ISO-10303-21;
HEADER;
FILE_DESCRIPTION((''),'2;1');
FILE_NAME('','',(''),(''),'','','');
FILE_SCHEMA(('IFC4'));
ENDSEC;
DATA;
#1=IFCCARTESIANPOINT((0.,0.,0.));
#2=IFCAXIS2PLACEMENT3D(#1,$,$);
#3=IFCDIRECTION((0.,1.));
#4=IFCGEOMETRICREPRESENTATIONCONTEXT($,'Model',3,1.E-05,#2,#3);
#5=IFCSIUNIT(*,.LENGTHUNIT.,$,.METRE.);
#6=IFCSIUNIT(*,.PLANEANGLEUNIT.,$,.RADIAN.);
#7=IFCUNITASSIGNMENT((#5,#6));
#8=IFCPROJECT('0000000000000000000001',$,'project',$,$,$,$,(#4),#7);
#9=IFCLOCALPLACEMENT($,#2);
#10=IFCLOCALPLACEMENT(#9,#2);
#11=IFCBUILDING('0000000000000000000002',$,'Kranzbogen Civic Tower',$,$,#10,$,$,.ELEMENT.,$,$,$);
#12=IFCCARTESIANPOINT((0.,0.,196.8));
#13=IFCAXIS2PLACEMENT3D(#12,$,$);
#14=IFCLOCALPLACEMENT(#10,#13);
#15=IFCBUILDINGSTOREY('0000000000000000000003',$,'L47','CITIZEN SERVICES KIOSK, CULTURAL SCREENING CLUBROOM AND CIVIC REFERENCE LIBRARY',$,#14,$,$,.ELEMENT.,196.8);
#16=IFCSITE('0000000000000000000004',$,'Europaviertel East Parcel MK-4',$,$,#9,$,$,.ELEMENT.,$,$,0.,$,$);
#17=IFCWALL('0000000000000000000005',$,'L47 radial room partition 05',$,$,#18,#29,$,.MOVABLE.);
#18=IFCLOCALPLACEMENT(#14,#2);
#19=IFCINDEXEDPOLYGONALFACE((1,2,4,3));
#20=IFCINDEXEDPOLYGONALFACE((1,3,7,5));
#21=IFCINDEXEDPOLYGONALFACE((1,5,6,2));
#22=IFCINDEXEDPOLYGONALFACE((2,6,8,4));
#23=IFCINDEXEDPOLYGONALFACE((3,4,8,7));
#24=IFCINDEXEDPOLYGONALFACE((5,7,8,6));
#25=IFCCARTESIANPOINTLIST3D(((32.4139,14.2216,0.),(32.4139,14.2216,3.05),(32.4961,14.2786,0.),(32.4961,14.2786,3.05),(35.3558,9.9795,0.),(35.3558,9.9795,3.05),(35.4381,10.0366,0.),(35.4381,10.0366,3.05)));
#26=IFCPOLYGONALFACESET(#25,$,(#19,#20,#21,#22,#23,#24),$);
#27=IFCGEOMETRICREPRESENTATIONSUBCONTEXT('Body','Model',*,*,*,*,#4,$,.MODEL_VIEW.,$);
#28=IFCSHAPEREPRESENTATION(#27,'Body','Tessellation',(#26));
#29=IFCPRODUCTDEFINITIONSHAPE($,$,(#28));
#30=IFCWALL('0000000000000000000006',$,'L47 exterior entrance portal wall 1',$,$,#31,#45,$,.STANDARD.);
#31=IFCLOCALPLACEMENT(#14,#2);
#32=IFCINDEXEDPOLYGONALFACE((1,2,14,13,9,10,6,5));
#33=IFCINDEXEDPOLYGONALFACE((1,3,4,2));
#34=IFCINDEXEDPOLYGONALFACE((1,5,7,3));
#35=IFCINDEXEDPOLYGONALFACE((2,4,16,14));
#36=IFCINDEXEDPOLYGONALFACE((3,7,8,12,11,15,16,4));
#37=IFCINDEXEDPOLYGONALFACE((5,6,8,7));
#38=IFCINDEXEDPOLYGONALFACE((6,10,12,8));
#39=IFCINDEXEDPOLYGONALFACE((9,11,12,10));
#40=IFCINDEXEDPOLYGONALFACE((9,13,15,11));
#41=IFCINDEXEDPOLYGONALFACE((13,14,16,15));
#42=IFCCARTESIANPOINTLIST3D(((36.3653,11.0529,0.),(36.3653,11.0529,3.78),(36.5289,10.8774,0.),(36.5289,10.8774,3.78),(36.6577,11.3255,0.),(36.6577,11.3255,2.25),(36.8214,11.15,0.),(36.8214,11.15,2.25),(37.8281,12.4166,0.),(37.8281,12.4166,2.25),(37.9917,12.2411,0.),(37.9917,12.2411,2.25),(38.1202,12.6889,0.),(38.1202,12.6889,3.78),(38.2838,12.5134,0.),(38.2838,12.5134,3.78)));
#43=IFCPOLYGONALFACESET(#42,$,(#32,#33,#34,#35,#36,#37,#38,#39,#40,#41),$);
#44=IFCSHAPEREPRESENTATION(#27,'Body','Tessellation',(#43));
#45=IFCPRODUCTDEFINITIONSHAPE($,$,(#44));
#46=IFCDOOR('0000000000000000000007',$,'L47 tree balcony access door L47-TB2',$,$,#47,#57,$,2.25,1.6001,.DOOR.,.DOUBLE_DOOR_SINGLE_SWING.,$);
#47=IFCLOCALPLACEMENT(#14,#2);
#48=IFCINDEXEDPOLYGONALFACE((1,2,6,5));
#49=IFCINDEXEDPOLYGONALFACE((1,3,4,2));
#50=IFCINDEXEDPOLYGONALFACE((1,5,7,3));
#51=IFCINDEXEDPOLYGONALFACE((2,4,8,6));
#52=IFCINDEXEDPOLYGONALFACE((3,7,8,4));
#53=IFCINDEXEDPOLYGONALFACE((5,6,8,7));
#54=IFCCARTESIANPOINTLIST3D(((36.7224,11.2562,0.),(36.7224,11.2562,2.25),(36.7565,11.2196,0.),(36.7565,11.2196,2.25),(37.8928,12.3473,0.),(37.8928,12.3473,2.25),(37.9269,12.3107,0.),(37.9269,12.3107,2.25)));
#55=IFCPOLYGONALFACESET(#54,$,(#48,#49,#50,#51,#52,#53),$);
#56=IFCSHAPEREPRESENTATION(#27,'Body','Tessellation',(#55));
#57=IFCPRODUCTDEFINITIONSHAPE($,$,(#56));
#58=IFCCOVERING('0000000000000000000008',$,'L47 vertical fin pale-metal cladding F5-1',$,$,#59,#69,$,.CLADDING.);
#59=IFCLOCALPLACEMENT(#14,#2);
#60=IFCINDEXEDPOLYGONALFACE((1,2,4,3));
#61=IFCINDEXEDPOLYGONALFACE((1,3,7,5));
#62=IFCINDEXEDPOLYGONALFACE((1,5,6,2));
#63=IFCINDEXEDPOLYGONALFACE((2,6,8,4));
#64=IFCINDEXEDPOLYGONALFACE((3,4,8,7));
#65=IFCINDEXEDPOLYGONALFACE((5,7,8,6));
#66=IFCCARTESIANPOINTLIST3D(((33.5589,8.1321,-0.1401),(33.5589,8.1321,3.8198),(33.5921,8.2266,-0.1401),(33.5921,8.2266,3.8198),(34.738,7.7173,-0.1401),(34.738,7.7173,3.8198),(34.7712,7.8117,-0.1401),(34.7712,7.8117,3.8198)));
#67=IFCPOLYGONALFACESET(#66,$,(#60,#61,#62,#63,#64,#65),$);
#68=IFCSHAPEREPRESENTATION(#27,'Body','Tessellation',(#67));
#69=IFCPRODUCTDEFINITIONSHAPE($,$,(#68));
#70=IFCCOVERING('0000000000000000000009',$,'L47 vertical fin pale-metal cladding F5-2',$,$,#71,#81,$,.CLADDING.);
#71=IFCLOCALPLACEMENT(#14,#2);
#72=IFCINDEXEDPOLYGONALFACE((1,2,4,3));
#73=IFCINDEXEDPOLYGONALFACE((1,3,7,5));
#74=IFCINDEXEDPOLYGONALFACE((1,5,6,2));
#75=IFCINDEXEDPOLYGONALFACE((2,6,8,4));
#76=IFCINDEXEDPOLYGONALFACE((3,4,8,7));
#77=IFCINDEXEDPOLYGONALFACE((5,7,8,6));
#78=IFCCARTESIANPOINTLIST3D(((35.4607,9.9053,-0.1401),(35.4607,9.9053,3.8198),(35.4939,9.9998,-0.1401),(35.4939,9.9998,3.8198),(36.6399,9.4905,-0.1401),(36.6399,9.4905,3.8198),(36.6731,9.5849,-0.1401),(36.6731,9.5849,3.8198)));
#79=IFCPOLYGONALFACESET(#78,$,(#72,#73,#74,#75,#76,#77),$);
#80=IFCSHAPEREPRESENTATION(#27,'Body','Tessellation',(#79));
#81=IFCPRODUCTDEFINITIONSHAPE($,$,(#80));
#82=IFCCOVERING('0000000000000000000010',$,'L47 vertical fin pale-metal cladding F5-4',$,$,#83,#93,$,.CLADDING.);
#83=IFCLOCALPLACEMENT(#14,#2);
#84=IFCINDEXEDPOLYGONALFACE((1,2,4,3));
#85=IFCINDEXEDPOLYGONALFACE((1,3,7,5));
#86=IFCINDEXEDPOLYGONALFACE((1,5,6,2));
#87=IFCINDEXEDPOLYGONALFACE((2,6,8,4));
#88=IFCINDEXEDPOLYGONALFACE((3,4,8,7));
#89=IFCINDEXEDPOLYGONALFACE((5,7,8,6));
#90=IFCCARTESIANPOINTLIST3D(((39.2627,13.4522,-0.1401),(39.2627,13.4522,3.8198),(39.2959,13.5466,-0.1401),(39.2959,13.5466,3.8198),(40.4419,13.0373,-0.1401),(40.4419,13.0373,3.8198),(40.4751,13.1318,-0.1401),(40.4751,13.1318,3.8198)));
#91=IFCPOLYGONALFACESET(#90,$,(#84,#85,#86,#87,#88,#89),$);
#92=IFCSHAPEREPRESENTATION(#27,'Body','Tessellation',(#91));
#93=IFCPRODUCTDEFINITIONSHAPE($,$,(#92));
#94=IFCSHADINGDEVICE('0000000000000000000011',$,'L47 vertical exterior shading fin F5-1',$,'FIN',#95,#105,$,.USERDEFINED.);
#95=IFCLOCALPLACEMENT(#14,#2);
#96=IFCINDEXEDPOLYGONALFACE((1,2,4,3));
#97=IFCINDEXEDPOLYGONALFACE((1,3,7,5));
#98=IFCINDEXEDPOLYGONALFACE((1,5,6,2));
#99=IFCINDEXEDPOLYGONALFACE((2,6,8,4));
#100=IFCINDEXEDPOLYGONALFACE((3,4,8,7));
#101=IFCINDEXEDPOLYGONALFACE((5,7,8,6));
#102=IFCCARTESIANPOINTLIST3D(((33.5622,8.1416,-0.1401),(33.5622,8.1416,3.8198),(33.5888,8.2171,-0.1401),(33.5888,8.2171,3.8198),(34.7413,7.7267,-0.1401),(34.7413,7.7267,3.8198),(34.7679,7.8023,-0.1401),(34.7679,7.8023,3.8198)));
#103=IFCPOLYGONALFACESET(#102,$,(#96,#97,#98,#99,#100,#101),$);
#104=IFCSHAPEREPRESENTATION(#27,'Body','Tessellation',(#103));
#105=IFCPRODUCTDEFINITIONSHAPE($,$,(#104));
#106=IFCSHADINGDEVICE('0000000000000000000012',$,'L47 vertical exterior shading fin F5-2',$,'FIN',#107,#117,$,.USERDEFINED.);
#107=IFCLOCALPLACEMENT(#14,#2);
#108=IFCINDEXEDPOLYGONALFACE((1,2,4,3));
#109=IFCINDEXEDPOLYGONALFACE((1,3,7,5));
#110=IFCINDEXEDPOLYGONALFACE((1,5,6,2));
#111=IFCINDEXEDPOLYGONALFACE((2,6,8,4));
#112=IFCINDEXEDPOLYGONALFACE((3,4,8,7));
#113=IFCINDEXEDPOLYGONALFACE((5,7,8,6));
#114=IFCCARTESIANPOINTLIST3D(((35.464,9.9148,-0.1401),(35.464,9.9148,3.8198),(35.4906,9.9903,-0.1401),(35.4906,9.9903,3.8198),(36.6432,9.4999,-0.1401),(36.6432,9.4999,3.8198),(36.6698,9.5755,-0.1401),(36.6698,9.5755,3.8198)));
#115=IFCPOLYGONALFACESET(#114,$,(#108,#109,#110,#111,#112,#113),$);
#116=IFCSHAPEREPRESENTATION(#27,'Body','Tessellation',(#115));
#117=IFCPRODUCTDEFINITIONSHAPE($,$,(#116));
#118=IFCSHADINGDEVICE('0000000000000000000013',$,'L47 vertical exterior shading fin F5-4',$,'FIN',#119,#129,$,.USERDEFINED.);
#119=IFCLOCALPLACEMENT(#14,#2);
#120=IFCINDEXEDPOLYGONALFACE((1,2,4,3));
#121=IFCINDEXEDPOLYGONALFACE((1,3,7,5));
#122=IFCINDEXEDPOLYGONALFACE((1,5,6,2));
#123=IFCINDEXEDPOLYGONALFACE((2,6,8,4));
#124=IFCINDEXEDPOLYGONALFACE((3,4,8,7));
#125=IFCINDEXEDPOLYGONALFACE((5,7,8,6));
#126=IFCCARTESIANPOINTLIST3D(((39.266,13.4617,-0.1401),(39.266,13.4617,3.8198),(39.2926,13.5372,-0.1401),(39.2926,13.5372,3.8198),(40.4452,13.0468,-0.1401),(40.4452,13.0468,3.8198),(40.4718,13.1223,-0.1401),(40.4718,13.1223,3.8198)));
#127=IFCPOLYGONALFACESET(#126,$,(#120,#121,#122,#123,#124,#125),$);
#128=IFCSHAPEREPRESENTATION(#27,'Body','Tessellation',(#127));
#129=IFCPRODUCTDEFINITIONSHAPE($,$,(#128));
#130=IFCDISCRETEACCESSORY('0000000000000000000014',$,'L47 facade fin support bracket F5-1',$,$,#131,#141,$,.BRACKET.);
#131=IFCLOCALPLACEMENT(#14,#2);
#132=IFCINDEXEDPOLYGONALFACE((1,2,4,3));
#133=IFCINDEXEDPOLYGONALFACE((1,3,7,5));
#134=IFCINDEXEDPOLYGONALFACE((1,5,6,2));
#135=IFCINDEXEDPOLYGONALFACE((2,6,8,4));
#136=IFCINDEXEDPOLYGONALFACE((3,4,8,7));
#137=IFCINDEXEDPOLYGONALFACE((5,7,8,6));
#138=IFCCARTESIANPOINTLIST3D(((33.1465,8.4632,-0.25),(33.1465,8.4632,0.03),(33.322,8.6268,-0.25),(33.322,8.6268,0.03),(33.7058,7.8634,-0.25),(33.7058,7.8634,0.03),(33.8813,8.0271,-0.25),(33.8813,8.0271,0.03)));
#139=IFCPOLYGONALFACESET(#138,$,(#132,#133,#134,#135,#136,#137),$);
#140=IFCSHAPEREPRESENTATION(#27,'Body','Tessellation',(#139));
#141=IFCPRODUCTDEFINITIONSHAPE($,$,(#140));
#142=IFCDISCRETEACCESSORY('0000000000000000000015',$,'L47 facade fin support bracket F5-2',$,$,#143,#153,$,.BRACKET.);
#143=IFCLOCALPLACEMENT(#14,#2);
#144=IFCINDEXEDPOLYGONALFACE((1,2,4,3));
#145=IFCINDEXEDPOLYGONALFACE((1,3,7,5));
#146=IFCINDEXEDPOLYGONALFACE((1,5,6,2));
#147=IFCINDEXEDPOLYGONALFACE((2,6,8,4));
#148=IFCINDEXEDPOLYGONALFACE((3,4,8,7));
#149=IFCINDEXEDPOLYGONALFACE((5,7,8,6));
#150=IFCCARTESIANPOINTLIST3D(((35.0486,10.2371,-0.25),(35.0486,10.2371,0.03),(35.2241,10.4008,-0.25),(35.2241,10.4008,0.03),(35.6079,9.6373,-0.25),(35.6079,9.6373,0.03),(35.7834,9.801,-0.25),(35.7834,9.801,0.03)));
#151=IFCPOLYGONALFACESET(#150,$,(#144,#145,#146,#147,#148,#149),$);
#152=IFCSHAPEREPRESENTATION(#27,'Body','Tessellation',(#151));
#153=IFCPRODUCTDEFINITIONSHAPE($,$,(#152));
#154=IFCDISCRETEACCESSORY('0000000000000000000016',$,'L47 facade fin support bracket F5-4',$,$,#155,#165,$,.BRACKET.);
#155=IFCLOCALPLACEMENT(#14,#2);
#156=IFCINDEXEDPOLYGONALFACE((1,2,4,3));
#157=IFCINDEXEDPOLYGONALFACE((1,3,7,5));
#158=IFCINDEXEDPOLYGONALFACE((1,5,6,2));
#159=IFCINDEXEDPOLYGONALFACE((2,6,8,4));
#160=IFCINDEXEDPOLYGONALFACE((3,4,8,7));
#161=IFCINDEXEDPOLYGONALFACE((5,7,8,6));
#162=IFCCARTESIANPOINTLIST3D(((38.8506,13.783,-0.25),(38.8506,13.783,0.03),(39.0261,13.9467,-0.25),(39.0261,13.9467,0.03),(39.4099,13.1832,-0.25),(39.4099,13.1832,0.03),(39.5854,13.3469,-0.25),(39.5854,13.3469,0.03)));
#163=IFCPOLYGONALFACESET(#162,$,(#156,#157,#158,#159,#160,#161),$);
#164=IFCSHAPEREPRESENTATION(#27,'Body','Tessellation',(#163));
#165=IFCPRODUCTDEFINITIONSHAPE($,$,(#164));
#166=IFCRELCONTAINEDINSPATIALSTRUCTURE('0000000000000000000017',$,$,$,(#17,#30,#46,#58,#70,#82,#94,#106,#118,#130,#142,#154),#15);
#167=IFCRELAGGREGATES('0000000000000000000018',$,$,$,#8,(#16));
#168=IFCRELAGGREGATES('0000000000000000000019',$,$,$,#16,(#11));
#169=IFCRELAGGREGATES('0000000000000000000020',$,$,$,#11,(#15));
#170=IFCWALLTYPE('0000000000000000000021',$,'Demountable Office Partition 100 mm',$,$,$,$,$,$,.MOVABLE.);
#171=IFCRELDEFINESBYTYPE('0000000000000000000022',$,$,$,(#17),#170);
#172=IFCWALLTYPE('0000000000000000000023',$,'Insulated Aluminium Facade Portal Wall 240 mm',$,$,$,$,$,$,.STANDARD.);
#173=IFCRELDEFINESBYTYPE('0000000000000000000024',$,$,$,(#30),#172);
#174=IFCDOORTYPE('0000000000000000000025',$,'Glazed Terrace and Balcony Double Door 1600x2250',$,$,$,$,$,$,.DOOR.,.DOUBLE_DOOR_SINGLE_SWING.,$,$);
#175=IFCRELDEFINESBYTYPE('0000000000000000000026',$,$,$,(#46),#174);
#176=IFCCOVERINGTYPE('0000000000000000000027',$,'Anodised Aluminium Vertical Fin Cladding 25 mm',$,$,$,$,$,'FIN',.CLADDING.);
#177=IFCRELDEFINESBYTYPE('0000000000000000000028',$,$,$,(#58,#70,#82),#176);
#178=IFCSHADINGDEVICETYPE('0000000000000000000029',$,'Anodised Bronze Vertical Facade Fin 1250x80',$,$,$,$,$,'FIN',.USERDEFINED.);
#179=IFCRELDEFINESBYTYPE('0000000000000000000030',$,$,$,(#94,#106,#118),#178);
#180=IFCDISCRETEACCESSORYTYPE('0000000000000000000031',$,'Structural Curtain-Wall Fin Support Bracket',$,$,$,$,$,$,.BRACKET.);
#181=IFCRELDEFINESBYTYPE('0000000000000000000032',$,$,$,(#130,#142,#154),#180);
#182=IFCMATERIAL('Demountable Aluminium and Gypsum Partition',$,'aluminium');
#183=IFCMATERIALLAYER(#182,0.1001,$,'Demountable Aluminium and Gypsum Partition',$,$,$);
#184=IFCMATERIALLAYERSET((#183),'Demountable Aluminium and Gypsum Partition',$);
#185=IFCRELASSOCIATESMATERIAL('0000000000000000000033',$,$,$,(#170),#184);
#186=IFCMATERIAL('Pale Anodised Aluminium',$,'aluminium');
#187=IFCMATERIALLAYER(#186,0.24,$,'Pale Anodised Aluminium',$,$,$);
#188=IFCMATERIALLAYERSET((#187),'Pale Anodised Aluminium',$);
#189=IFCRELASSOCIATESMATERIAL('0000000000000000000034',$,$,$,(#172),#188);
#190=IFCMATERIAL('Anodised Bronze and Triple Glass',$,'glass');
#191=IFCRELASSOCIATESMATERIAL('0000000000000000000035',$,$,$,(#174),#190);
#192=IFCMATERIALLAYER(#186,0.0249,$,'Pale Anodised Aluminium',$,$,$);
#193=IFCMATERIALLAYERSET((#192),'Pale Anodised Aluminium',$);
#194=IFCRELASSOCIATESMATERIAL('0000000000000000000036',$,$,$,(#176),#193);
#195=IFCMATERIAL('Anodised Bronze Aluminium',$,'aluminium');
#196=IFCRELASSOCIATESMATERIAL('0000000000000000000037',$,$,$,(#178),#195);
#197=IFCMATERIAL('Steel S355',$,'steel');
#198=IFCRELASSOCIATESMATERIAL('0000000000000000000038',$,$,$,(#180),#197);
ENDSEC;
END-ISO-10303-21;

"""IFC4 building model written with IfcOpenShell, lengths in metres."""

from ifc_helpers import new_model, si_unit, direction, frame, frame_2d, origin, origin_2d, place, context, subcontext, project, spatial, rectangle, extrude, material, layer, layer_set, type_object, element, fill, save


model = new_model("IFC4")

# Units and contexts
model_context = context("Model", 3, precision=1e-05, world=origin(), true_north=direction((0.0, 1.0)))
body_context = subcontext(model_context, "Body", "Model", "MODEL_VIEW")
ifc_project = project(units=[si_unit("LENGTHUNIT", "METRE"), si_unit("PLANEANGLEUNIT", "RADIAN")], contexts=[model_context])

# Site, building, storey
site_placement = place(None, origin())
site = spatial("IfcSite", under=ifc_project, at=site_placement, Name="Europaviertel East Parcel MK-4", CompositionType="ELEMENT", RefElevation=0.0)
building_placement = place(site_placement, origin())
building = spatial("IfcBuilding", under=site, at=building_placement, Name="Kranzbogen Civic Tower", CompositionType="ELEMENT")
storey_placement = place(building_placement, frame((0.0, 0.0, 196.8)))
storey = spatial("IfcBuildingStorey", under=building, at=storey_placement, Name="L47", Description="CITIZEN SERVICES KIOSK, CULTURAL SCREENING CLUBROOM AND CIVIC REFERENCE LIBRARY", CompositionType="ELEMENT", Elevation=196.8)

# Shared definitions
ifc_material_1 = material(Name="Steel S355", Category="steel")

# Shared definitions
ifc_material_2 = material(Name="Pale Anodised Aluminium", Category="aluminium")

# Wall
ifc_material_3 = material(Name="Demountable Aluminium and Gypsum Partition", Category="aluminium")
ifc_layer_1 = layer(ifc_material_3, 0.1001, Name="Demountable Aluminium and Gypsum Partition")
ifc_layer_set_1 = layer_set([ifc_layer_1], Name="Demountable Aluminium and Gypsum Partition")
wall_type_1 = type_object("IfcWallType", Name="Demountable Office Partition 100 mm", PredefinedType="MOVABLE", material=ifc_layer_set_1)
wall_1_placement = place(storey_placement, frame((32.4551, 14.25, 0.0), z_axis=(0.0, 0.0, 1.0), x_axis=(0.569886, -0.821724, 0.0)))
element("IfcWall", 1, at=wall_1_placement, inside=storey, type_object=wall_type_1, Name="L47 radial room partition 05", PredefinedType="MOVABLE", context=body_context, shape_type="SweptSolid", body=[
    extrude(rectangle(XDim=5.1624, YDim=0.1001, at=frame_2d((2.5811, 0.0))), origin(), (0.0, 0.0, 1.0), 3.05),
])

# Wall, opening, door
ifc_layer_2 = layer(ifc_material_2, 0.24, Name="Pale Anodised Aluminium")
ifc_layer_set_2 = layer_set([ifc_layer_2], Name="Pale Anodised Aluminium")
wall_type_2 = type_object("IfcWallType", Name="Insulated Aluminium Facade Portal Wall 240 mm", PredefinedType="STANDARD", material=ifc_layer_set_2)
wall_2_placement = place(storey_placement, frame((36.447, 10.9651, 0.0), z_axis=(0.0, 0.0, 1.0), x_axis=(0.731451, 0.681894, 0.0)))
wall_2 = element("IfcWall", 2, at=wall_2_placement, inside=storey, type_object=wall_type_2, Name="L47 exterior entrance portal wall 1", PredefinedType="STANDARD", context=body_context, shape_type="SweptSolid", body=[
    extrude(rectangle(XDim=2.3992, YDim=0.24, at=frame_2d((1.1997, 0.0))), origin(), (0.0, 0.0, 1.0), 3.78),
])
opening_1_placement = place(wall_2_placement, frame((0.3999, 0.0, 0.0)))
opening_1 = element("IfcOpeningElement", 3, at=opening_1_placement, cuts=wall_2, PredefinedType="OPENING", context=body_context, shape_type="SweptSolid", body=[
    extrude(rectangle(XDim=1.6001, YDim=2.25, at=frame_2d((0.8, 1.125))), frame((0.0, 0.1299, 0.0), z_axis=(0.0, -1.0, 0.0), x_axis=(1.0, 0.0, 0.0)), (0.0, 0.0, 1.0), 0.26),
])
ifc_material_4 = material(Name="Anodised Bronze and Triple Glass", Category="glass")
door_type_1 = type_object("IfcDoorType", Name="Glazed Terrace and Balcony Double Door 1600x2250", OperationType="DOUBLE_DOOR_SINGLE_SWING", PredefinedType="DOOR", material=ifc_material_4)
door_1_placement = place(opening_1_placement, frame((1.6001, 0.0, 0.0), z_axis=(0.0, 0.0, 1.0), x_axis=(-1.0, 0.0, 0.0)))
door_1 = element("IfcDoor", 4, at=door_1_placement, inside=storey, type_object=door_type_1, Name="L47 tree balcony access door L47-TB2", OperationType="DOUBLE_DOOR_SINGLE_SWING", OverallHeight=2.25, OverallWidth=1.6001, PredefinedType="DOOR", context=body_context, shape_type="SweptSolid", body=[
    extrude(rectangle(XDim=1.6001, YDim=2.25, at=frame_2d((0.8, 1.125))), frame((0.0, 0.0249, 0.0), z_axis=(0.0, -1.0, 0.0), x_axis=(1.0, 0.0, 0.0)), (0.0, 0.0, 1.0), 0.05),
])
fill(opening_1, door_1)

# Coverings
ifc_layer_3 = layer(ifc_material_2, 0.0249, Name="Pale Anodised Aluminium")
ifc_layer_set_3 = layer_set([ifc_layer_3], Name="Pale Anodised Aluminium")
covering_type = type_object("IfcCoveringType", Name="Anodised Aluminium Vertical Fin Cladding 25 mm", ElementType="FIN", PredefinedType="CLADDING", material=ifc_layer_set_3)
for number, where, z_axis, x_axis, name in (
    (5, (34.165, 7.9719, -0.1401), (0.0, 0.0, 1.0), (0.943315, -0.331898, 0.0), "L47 vertical fin pale-metal cladding F5-1"),
    (6, (36.0669, 9.7451, -0.1401), (0.0, 0.0, 1.0), (0.943315, -0.331898, 0.0), "L47 vertical fin pale-metal cladding F5-2"),
    (7, (39.8689, 13.292, -0.1401), (0.0, 0.0, 1.0), (0.943315, -0.331898, 0.0), "L47 vertical fin pale-metal cladding F5-4"),
):
    element("IfcCovering", number, at=place(storey_placement, frame(where, z_axis=z_axis, x_axis=x_axis)), inside=storey, type_object=covering_type, Name=name, PredefinedType="CLADDING", context=body_context, shape_type="SweptSolid", body=[
        extrude(rectangle(XDim=1.25, YDim=0.1001, at=origin_2d()), origin(), (0.0, 0.0, 1.0), 3.96),
    ])

# Shading devices
ifc_material_5 = material(Name="Anodised Bronze Aluminium", Category="aluminium")
shading_device_type = type_object("IfcShadingDeviceType", Name="Anodised Bronze Vertical Facade Fin 1250x80", ElementType="FIN", PredefinedType="USERDEFINED", material=ifc_material_5)
for number, where, z_axis, x_axis, name in (
    (8, (34.165, 7.9719, -0.1401), (0.0, 0.0, 1.0), (0.943315, -0.331898, 0.0), "L47 vertical exterior shading fin F5-1"),
    (9, (36.0669, 9.7451, -0.1401), (0.0, 0.0, 1.0), (0.943315, -0.331898, 0.0), "L47 vertical exterior shading fin F5-2"),
    (10, (39.8689, 13.292, -0.1401), (0.0, 0.0, 1.0), (0.943315, -0.331898, 0.0), "L47 vertical exterior shading fin F5-4"),
):
    element("IfcShadingDevice", number, at=place(storey_placement, frame(where, z_axis=z_axis, x_axis=x_axis)), inside=storey, type_object=shading_device_type, Name=name, ObjectType="FIN", PredefinedType="USERDEFINED", context=body_context, shape_type="SweptSolid", body=[
        extrude(rectangle(XDim=1.25, YDim=0.0801, at=origin_2d()), origin(), (0.0, 0.0, 1.0), 3.96),
    ])

# Discrete accessories
discrete_accessory_type = type_object("IfcDiscreteAccessoryType", Name="Structural Curtain-Wall Fin Support Bracket", PredefinedType="BRACKET", material=ifc_material_1)
for number, where, z_axis, x_axis, name in (
    (11, (33.5139, 8.2451, -0.25), (0.0, 0.0, 1.0), (0.681998, -0.731354, 0.0), "L47 facade fin support bracket F5-1"),
    (12, (35.416, 10.019, -0.25), (0.0, 0.0, 1.0), (0.681998, -0.731354, 0.0), "L47 facade fin support bracket F5-2"),
    (13, (39.218, 13.5649, -0.25), (0.0, 0.0, 1.0), (0.681998, -0.731354, 0.0), "L47 facade fin support bracket F5-4"),
):
    element("IfcDiscreteAccessory", number, at=place(storey_placement, frame(where, z_axis=z_axis, x_axis=x_axis)), inside=storey, type_object=discrete_accessory_type, Name=name, PredefinedType="BRACKET", context=body_context, shape_type="SweptSolid", body=[
        extrude(rectangle(XDim=0.8201, YDim=0.24, at=origin_2d()), origin(), (0.0, 0.0, 1.0), 0.28),
    ])

save(model, "model.ifc")
